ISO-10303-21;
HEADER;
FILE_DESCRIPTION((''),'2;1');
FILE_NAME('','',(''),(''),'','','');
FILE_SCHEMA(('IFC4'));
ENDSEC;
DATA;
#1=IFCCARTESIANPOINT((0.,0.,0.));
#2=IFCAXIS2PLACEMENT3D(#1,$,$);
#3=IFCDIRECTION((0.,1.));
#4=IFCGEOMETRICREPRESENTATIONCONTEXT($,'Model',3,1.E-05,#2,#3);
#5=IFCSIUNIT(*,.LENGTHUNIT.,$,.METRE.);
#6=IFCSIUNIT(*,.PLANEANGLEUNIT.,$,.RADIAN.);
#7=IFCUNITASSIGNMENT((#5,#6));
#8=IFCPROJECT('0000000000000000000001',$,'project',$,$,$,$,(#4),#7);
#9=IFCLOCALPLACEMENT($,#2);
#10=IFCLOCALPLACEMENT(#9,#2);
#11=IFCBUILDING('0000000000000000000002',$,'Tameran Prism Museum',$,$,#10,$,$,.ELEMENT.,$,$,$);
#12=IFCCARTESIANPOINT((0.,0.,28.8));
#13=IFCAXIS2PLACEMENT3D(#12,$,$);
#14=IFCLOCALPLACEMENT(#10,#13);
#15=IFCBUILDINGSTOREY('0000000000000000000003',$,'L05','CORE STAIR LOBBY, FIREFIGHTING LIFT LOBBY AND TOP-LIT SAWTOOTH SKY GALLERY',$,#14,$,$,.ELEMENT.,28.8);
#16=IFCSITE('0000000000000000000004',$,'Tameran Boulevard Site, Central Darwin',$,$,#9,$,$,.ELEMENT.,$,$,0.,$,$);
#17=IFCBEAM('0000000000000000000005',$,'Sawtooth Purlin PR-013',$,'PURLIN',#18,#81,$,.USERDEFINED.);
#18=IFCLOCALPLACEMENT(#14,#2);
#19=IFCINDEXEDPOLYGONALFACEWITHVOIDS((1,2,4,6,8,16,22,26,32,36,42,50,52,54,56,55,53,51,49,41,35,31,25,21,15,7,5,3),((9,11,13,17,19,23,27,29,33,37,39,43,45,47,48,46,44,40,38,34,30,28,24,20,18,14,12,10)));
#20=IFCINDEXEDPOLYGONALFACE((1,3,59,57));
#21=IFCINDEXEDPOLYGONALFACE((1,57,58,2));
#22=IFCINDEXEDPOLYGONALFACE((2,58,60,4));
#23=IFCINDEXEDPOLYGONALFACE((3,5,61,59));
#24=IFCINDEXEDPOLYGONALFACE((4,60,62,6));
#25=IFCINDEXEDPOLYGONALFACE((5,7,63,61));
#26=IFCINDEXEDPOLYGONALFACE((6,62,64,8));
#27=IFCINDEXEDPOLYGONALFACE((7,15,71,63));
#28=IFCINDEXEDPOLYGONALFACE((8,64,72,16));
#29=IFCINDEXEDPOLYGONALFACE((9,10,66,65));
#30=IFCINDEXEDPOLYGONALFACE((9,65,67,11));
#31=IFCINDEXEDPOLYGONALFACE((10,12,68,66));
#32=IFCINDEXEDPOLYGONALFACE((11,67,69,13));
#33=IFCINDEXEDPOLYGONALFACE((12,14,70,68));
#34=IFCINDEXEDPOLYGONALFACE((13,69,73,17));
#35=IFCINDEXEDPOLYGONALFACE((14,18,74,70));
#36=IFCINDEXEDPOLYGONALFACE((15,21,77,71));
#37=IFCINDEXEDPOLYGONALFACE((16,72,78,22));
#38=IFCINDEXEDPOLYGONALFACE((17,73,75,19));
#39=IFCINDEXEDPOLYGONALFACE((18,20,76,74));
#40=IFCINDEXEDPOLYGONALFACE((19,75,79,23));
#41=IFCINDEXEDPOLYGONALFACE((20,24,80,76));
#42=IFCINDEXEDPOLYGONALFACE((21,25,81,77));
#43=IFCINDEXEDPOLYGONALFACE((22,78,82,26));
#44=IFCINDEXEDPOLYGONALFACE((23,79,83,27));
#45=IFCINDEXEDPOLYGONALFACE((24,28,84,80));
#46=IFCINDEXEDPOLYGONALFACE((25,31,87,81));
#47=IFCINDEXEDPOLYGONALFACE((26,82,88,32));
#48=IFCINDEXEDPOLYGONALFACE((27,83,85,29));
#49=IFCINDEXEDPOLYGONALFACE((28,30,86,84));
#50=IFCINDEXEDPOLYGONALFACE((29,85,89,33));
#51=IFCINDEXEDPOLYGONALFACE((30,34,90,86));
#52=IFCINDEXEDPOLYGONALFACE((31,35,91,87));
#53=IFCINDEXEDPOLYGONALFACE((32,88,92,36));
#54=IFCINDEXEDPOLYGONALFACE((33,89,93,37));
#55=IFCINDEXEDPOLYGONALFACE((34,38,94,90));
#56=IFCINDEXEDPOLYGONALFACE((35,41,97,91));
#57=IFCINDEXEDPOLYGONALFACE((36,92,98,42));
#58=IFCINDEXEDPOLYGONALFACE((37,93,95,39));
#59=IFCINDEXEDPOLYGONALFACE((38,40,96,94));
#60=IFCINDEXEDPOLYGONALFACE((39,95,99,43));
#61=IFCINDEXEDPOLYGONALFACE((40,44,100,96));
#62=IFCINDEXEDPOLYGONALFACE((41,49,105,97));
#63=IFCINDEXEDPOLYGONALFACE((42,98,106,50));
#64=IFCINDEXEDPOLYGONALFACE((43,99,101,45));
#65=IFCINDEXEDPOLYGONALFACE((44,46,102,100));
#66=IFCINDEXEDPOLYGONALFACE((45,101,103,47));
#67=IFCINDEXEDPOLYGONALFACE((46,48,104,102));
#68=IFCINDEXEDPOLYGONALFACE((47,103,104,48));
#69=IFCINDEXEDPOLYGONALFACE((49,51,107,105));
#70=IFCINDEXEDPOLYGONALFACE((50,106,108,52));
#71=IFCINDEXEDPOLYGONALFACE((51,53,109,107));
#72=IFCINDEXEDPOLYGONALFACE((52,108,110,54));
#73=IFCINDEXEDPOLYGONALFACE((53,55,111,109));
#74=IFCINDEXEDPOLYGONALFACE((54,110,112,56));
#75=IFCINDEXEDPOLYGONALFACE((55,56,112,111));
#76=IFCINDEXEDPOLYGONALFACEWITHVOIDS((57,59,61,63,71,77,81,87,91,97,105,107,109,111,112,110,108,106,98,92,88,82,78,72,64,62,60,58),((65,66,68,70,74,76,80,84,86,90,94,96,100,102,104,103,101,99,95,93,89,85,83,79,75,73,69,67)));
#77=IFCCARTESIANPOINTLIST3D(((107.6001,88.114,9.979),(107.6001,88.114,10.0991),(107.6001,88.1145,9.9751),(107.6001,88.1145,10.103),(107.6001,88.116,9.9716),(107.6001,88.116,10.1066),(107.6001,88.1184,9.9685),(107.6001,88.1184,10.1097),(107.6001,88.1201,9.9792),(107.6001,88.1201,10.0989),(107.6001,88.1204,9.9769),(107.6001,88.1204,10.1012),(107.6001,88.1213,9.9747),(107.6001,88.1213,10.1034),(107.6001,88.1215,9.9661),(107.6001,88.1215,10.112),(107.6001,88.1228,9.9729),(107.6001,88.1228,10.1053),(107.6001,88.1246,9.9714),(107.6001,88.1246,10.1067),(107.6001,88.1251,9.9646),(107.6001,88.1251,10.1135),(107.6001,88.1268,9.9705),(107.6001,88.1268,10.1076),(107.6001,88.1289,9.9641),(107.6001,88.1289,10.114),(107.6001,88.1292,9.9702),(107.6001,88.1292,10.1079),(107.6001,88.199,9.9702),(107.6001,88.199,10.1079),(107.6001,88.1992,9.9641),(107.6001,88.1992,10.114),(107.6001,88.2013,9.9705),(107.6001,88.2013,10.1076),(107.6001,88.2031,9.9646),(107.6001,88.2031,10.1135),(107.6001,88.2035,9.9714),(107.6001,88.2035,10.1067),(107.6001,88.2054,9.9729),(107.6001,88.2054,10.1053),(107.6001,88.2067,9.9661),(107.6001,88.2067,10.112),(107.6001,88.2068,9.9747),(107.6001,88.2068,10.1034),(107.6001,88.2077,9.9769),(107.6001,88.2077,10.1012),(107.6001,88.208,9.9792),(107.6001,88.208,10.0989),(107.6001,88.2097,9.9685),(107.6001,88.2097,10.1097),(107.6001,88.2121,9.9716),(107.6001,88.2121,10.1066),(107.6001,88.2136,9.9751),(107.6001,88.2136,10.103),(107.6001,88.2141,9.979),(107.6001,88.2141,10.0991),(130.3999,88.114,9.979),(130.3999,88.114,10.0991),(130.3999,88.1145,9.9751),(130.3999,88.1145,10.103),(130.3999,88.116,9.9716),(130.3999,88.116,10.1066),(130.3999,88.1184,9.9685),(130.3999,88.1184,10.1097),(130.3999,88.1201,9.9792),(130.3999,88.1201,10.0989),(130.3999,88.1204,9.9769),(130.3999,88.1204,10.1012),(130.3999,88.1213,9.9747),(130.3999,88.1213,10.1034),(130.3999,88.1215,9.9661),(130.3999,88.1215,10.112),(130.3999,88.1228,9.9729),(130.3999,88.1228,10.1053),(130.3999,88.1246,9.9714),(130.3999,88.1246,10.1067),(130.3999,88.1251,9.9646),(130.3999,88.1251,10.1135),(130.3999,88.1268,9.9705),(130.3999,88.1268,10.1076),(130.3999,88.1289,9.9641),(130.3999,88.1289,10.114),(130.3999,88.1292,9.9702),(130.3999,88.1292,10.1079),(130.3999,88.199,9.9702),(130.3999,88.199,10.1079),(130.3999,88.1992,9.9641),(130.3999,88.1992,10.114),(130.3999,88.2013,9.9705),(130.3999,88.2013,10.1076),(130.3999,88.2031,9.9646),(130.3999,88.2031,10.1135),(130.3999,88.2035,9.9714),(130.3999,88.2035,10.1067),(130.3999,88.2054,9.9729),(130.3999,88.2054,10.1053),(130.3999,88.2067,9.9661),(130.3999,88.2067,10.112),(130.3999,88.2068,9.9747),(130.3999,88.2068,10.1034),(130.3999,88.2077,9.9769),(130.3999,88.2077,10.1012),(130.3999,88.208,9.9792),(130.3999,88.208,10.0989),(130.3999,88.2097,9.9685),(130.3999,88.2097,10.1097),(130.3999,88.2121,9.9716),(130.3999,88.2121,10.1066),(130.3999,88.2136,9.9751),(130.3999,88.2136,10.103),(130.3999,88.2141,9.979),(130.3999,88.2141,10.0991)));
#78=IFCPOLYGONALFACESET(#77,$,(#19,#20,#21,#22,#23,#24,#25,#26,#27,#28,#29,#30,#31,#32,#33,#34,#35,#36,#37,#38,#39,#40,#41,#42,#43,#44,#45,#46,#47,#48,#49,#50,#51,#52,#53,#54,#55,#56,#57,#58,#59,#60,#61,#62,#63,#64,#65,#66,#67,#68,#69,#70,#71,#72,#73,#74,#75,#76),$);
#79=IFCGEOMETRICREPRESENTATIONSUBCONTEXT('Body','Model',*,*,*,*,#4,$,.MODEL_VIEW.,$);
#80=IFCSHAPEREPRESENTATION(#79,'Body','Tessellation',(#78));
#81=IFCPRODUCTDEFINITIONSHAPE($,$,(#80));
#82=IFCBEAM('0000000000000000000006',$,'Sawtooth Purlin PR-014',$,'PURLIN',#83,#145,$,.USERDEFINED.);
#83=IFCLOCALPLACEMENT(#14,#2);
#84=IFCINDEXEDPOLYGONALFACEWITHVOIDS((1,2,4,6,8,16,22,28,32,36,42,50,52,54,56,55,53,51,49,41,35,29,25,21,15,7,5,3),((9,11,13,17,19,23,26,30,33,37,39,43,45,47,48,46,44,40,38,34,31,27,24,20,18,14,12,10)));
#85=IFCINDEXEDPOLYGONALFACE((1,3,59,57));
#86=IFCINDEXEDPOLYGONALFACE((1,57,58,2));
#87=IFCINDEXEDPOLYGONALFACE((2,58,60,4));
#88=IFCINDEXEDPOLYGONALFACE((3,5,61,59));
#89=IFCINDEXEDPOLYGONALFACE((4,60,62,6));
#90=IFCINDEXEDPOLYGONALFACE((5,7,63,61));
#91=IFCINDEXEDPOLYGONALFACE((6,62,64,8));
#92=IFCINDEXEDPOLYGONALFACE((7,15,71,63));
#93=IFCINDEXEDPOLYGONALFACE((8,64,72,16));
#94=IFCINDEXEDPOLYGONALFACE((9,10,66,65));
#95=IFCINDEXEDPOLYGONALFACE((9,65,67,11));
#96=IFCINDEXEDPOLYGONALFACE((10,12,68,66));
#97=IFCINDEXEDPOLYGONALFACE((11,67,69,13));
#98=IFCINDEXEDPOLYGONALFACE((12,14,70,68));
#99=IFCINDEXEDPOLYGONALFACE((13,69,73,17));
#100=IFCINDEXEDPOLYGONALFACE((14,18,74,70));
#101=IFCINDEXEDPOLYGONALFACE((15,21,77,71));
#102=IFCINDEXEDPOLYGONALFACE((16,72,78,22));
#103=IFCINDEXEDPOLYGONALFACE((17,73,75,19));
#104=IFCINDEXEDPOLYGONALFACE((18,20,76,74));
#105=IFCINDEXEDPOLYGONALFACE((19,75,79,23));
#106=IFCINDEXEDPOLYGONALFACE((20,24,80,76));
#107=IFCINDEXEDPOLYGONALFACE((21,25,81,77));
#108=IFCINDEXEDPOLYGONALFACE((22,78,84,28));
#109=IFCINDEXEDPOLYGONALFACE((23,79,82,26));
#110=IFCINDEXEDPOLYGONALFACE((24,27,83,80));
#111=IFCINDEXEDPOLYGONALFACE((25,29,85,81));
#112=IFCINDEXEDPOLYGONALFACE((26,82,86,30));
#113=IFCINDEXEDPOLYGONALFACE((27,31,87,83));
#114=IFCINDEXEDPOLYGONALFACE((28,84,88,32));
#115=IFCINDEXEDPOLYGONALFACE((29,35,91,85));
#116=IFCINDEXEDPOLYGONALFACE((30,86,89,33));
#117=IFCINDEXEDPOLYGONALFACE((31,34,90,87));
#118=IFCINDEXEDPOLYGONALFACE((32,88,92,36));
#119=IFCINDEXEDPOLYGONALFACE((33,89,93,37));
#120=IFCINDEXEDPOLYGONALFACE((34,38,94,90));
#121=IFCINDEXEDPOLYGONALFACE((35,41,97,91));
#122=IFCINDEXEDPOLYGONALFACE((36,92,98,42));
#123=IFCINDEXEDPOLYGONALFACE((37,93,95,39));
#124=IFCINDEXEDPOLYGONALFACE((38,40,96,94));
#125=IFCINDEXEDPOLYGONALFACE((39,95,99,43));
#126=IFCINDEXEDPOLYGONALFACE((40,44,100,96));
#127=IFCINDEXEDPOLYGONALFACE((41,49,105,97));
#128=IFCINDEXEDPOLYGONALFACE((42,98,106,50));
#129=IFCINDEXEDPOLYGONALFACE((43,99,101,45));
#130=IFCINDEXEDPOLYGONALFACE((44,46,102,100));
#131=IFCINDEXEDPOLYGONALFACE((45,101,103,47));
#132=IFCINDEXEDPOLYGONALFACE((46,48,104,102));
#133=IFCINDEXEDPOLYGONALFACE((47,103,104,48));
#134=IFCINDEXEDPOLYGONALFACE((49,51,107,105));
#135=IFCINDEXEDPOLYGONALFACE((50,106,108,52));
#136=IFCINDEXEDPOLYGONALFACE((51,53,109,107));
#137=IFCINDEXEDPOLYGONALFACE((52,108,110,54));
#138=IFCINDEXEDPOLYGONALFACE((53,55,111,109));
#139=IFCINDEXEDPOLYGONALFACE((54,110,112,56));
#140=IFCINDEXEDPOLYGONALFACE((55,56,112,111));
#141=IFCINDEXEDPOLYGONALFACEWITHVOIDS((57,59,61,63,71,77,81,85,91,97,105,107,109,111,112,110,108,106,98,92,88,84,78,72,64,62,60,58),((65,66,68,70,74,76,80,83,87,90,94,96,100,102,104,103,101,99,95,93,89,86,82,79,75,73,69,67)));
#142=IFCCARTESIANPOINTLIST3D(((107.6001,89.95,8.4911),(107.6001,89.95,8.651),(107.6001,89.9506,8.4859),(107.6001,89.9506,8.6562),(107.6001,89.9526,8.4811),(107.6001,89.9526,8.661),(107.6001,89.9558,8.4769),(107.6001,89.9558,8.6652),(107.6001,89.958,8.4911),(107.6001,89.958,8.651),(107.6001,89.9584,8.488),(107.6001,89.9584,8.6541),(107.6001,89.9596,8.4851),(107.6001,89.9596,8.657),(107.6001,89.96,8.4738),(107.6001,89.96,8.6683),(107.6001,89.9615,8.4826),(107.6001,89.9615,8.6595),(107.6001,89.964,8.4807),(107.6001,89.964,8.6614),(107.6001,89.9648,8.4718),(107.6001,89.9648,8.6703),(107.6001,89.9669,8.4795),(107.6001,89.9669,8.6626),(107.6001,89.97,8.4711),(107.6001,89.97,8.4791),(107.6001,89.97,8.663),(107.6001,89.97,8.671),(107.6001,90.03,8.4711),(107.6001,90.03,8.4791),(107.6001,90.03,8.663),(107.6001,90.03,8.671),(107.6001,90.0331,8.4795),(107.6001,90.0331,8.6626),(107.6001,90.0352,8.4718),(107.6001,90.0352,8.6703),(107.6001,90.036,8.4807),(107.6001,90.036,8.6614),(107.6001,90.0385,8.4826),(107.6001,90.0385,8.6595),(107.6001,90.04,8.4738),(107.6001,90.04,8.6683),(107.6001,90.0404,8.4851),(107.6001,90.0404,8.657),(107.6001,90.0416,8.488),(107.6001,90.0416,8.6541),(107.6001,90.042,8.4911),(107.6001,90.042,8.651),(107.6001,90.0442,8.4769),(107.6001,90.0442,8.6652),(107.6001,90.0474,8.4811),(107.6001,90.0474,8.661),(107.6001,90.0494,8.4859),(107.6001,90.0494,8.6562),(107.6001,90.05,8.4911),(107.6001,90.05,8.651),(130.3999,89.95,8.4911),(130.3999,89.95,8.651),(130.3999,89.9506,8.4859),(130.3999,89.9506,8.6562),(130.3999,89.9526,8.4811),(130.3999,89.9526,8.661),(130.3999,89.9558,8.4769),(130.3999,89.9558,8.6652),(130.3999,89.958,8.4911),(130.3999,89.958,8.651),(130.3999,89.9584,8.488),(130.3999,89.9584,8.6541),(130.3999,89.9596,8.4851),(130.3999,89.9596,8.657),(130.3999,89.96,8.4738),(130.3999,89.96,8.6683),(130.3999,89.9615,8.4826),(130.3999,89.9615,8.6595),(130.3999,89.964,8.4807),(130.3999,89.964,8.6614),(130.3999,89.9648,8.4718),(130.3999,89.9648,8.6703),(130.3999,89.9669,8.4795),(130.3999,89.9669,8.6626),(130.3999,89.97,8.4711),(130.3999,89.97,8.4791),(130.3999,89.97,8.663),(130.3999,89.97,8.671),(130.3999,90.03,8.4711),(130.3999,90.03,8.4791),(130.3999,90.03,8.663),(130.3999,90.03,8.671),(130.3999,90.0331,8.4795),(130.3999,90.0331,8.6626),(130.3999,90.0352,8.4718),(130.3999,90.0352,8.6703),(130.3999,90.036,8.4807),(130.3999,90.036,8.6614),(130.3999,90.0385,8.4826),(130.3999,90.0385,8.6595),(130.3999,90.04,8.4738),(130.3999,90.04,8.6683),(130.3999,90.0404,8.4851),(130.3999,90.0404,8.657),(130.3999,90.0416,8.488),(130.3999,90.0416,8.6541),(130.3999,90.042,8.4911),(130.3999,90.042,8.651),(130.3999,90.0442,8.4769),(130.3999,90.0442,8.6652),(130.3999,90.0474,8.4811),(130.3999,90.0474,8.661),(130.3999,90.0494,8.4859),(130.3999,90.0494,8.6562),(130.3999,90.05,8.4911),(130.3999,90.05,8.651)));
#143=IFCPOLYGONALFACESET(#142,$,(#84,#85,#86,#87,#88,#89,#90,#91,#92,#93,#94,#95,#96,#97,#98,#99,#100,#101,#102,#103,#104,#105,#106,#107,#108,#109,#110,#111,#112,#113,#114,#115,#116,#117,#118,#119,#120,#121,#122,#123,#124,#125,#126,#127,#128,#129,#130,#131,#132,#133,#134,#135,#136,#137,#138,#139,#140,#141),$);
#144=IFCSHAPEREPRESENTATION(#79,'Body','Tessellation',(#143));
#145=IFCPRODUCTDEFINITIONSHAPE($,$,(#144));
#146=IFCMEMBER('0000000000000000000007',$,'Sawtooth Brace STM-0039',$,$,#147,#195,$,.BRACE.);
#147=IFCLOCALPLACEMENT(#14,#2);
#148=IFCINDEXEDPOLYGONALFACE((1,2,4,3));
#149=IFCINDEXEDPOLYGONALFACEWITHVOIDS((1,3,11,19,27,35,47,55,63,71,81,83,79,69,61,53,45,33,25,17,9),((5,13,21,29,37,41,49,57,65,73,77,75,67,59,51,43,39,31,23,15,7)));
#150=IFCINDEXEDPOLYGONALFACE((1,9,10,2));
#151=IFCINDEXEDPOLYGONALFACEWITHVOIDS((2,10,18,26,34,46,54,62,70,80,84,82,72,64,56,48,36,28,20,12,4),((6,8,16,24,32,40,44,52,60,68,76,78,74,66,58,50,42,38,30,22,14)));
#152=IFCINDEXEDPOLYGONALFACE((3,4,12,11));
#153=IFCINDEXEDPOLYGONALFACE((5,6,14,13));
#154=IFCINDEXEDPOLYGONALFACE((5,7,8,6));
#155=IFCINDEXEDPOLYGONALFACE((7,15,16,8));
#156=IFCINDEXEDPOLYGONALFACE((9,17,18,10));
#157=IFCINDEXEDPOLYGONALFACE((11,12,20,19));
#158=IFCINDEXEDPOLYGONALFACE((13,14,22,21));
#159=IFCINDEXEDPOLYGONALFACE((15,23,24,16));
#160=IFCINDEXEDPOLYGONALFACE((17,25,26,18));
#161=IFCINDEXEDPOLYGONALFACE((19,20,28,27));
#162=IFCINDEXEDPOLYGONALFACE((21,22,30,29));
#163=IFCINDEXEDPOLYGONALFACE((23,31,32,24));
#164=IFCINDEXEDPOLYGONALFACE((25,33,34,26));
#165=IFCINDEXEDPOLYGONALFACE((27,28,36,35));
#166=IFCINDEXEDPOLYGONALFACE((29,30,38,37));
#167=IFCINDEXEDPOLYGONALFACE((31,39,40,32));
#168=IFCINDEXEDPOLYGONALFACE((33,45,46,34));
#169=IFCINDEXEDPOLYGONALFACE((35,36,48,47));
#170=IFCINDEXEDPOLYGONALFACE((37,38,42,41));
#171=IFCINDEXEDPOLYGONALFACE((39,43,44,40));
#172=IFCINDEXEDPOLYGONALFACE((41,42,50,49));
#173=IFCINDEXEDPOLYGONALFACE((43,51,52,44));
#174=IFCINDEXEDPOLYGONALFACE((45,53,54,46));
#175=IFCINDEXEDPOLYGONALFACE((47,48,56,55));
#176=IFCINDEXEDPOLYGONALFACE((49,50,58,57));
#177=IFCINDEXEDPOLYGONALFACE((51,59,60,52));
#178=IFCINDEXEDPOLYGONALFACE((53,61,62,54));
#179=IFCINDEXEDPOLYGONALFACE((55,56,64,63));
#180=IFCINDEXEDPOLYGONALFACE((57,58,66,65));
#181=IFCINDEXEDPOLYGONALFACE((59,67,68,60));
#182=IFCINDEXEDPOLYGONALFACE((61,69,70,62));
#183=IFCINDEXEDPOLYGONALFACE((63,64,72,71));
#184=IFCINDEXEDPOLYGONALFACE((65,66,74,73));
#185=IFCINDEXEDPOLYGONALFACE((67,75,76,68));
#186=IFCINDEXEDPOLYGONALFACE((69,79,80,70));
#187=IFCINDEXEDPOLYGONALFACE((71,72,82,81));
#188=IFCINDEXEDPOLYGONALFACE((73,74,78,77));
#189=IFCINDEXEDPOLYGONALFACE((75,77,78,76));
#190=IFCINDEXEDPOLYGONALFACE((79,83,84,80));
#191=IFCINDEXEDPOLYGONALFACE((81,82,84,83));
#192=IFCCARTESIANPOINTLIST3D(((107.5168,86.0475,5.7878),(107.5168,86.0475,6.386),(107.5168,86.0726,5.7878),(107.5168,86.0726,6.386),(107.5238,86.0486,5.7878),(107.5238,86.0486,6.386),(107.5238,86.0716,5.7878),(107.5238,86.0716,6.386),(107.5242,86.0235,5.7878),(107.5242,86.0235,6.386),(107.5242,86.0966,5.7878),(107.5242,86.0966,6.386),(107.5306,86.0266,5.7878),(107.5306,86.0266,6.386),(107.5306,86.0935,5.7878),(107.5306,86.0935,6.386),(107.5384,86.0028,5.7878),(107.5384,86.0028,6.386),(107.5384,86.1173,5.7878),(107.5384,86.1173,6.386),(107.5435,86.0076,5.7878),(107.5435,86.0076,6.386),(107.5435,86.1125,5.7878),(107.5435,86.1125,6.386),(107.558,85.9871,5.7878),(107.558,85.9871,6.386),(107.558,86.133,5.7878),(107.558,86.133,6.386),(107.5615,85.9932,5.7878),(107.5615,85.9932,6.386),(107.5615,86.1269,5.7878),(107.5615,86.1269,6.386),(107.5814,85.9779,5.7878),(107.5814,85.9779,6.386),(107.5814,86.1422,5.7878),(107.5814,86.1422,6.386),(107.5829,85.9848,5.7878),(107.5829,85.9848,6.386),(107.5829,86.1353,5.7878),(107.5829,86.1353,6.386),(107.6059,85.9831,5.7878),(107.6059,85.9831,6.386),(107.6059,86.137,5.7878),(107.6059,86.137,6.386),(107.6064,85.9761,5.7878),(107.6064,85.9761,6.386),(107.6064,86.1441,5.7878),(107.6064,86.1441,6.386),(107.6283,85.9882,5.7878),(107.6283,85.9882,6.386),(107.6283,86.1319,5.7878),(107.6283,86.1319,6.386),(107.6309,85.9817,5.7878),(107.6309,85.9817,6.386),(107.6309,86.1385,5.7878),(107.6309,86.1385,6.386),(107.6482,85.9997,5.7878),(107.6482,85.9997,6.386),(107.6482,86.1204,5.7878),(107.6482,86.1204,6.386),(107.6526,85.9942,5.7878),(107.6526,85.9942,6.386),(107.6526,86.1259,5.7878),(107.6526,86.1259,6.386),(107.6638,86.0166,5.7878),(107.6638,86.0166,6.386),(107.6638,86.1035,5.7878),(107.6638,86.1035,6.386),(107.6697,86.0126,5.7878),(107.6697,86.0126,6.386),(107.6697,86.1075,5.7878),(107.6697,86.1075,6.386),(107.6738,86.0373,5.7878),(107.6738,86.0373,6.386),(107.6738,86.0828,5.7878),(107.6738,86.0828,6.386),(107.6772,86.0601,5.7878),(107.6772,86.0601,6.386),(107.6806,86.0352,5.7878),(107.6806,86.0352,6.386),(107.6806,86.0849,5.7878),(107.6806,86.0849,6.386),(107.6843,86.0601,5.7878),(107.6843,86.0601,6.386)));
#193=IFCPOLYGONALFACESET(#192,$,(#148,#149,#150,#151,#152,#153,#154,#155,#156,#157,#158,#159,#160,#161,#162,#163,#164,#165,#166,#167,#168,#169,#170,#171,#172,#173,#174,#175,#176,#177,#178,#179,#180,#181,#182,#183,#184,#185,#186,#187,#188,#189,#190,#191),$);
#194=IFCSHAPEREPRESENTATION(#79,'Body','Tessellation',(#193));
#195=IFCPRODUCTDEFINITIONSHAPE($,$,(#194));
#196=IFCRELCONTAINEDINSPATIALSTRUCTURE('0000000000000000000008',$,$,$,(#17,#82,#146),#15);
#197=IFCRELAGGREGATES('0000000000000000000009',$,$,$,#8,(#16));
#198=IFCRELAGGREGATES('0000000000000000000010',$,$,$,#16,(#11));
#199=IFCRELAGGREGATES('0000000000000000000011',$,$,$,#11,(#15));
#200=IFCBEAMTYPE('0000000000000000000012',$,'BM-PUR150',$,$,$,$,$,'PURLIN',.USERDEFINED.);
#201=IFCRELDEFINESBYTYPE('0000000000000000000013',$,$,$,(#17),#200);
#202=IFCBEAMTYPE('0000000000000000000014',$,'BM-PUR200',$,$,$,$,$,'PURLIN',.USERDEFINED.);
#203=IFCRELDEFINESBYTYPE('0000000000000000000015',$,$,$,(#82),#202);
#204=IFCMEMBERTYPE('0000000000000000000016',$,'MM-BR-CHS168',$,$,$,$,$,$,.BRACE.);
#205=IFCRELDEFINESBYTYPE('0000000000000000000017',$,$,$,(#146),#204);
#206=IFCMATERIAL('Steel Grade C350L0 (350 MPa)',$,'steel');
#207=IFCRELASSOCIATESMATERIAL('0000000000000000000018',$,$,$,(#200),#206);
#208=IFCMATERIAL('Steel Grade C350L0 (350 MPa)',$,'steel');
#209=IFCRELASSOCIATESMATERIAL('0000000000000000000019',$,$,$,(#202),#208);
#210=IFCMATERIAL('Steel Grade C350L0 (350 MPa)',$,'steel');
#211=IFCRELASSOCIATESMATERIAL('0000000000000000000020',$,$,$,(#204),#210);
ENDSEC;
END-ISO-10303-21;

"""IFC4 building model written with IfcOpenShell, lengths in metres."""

from ifc_helpers import new_model, si_unit, direction, frame, origin, origin_2d, place, context, subcontext, project, spatial, hollow_rectangle, hollow_circle, extrude, material, material_profile, profile_set, type_object, element, save


model = new_model("IFC4")

# Units and contexts
model_context = context("Model", 3, precision=1e-05, world=origin(), true_north=direction((0.0, 1.0)))
body_context = subcontext(model_context, "Body", "Model", "MODEL_VIEW")
ifc_project = project(units=[si_unit("LENGTHUNIT", "METRE"), si_unit("PLANEANGLEUNIT", "RADIAN")], contexts=[model_context])

# Site, building, storey
site_placement = place(None, origin())
site = spatial("IfcSite", under=ifc_project, at=site_placement, Name="Tameran Boulevard Site, Central Darwin", CompositionType="ELEMENT", RefElevation=0.0)
building_placement = place(site_placement, origin())
building = spatial("IfcBuilding", under=site, at=building_placement, Name="Tameran Prism Museum", CompositionType="ELEMENT")
storey_placement = place(building_placement, frame((0.0, 0.0, 28.8)))
storey = spatial("IfcBuildingStorey", under=building, at=storey_placement, Name="L05", Description="CORE STAIR LOBBY, FIREFIGHTING LIFT LOBBY AND TOP-LIT SAWTOOTH SKY GALLERY", CompositionType="ELEMENT", Elevation=28.8)

# Beams
ifc_material_1 = material(Name="Steel Grade C350L0 (350 MPa)", Category="steel")
ifc_material_profile_1 = material_profile(ifc_material_1, hollow_rectangle(XDim=0.1001, YDim=0.1499, WallThickness=0.0061, InnerFilletRadius=0.009, OuterFilletRadius=0.0149, at=origin_2d()))
ifc_profile_set_1 = profile_set([ifc_material_profile_1])
beam_type_1 = type_object("IfcBeamType", Name="BM-PUR150", ElementType="PURLIN", PredefinedType="USERDEFINED", material=ifc_profile_set_1)
beam_1_placement = place(storey_placement, frame((107.6001, 88.1641, 10.0391), z_axis=(1.0, 0.0, 0.0), x_axis=(0.0, 1.0, 0.0)))
element("IfcBeam", 1, at=beam_1_placement, inside=storey, type_object=beam_type_1, Name="Sawtooth Purlin PR-013", ObjectType="PURLIN", PredefinedType="USERDEFINED", context=body_context, shape_type="SweptSolid", body=[
    extrude(hollow_rectangle(XDim=0.1001, YDim=0.1499, WallThickness=0.0061, InnerFilletRadius=0.009, OuterFilletRadius=0.0149, at=origin_2d()), origin(), (0.0, 0.0, 1.0), 22.7998),
])
ifc_material_2 = material(Name="Steel Grade C350L0 (350 MPa)", Category="steel")
ifc_material_profile_2 = material_profile(ifc_material_2, hollow_rectangle(XDim=0.1001, YDim=0.2, WallThickness=0.0081, InnerFilletRadius=0.012, OuterFilletRadius=0.02, at=origin_2d()))
ifc_profile_set_2 = profile_set([ifc_material_profile_2])
beam_type_2 = type_object("IfcBeamType", Name="BM-PUR200", ElementType="PURLIN", PredefinedType="USERDEFINED", material=ifc_profile_set_2)
beam_2_placement = place(storey_placement, frame((107.6001, 90.0, 8.571), z_axis=(1.0, 0.0, 0.0), x_axis=(0.0, 1.0, 0.0)))
element("IfcBeam", 2, at=beam_2_placement, inside=storey, type_object=beam_type_2, Name="Sawtooth Purlin PR-014", ObjectType="PURLIN", PredefinedType="USERDEFINED", context=body_context, shape_type="SweptSolid", body=[
    extrude(hollow_rectangle(XDim=0.1001, YDim=0.2, WallThickness=0.0081, InnerFilletRadius=0.012, OuterFilletRadius=0.02, at=origin_2d()), origin(), (0.0, 0.0, 1.0), 22.7998),
])

# Member
ifc_material_3 = material(Name="Steel Grade C350L0 (350 MPa)", Category="steel")
ifc_material_profile_3 = material_profile(ifc_material_3, hollow_circle(Radius=0.0842, WallThickness=0.0071, at=origin_2d()))
ifc_profile_set_3 = profile_set([ifc_material_profile_3])
member_type_1 = type_object("IfcMemberType", Name="MM-BR-CHS168", PredefinedType="BRACE", material=ifc_profile_set_3)
for number, where, z_axis, x_axis, name in (
    (3, (107.6001, 86.0601, 6.386), (0.0, 0.0, -1.0), (1.0, 0.0, 0.0), "Sawtooth Brace STM-0039"),
):
    element("IfcMember", number, at=place(storey_placement, frame(where, z_axis=z_axis, x_axis=x_axis)), inside=storey, type_object=member_type_1, Name=name, PredefinedType="BRACE", context=body_context, shape_type="SweptSolid", body=[
        extrude(hollow_circle(Radius=0.0842, WallThickness=0.0071, at=origin_2d()), origin(), (0.0, 0.0, 1.0), 0.5981),
    ])

save(model, "model.ifc")
